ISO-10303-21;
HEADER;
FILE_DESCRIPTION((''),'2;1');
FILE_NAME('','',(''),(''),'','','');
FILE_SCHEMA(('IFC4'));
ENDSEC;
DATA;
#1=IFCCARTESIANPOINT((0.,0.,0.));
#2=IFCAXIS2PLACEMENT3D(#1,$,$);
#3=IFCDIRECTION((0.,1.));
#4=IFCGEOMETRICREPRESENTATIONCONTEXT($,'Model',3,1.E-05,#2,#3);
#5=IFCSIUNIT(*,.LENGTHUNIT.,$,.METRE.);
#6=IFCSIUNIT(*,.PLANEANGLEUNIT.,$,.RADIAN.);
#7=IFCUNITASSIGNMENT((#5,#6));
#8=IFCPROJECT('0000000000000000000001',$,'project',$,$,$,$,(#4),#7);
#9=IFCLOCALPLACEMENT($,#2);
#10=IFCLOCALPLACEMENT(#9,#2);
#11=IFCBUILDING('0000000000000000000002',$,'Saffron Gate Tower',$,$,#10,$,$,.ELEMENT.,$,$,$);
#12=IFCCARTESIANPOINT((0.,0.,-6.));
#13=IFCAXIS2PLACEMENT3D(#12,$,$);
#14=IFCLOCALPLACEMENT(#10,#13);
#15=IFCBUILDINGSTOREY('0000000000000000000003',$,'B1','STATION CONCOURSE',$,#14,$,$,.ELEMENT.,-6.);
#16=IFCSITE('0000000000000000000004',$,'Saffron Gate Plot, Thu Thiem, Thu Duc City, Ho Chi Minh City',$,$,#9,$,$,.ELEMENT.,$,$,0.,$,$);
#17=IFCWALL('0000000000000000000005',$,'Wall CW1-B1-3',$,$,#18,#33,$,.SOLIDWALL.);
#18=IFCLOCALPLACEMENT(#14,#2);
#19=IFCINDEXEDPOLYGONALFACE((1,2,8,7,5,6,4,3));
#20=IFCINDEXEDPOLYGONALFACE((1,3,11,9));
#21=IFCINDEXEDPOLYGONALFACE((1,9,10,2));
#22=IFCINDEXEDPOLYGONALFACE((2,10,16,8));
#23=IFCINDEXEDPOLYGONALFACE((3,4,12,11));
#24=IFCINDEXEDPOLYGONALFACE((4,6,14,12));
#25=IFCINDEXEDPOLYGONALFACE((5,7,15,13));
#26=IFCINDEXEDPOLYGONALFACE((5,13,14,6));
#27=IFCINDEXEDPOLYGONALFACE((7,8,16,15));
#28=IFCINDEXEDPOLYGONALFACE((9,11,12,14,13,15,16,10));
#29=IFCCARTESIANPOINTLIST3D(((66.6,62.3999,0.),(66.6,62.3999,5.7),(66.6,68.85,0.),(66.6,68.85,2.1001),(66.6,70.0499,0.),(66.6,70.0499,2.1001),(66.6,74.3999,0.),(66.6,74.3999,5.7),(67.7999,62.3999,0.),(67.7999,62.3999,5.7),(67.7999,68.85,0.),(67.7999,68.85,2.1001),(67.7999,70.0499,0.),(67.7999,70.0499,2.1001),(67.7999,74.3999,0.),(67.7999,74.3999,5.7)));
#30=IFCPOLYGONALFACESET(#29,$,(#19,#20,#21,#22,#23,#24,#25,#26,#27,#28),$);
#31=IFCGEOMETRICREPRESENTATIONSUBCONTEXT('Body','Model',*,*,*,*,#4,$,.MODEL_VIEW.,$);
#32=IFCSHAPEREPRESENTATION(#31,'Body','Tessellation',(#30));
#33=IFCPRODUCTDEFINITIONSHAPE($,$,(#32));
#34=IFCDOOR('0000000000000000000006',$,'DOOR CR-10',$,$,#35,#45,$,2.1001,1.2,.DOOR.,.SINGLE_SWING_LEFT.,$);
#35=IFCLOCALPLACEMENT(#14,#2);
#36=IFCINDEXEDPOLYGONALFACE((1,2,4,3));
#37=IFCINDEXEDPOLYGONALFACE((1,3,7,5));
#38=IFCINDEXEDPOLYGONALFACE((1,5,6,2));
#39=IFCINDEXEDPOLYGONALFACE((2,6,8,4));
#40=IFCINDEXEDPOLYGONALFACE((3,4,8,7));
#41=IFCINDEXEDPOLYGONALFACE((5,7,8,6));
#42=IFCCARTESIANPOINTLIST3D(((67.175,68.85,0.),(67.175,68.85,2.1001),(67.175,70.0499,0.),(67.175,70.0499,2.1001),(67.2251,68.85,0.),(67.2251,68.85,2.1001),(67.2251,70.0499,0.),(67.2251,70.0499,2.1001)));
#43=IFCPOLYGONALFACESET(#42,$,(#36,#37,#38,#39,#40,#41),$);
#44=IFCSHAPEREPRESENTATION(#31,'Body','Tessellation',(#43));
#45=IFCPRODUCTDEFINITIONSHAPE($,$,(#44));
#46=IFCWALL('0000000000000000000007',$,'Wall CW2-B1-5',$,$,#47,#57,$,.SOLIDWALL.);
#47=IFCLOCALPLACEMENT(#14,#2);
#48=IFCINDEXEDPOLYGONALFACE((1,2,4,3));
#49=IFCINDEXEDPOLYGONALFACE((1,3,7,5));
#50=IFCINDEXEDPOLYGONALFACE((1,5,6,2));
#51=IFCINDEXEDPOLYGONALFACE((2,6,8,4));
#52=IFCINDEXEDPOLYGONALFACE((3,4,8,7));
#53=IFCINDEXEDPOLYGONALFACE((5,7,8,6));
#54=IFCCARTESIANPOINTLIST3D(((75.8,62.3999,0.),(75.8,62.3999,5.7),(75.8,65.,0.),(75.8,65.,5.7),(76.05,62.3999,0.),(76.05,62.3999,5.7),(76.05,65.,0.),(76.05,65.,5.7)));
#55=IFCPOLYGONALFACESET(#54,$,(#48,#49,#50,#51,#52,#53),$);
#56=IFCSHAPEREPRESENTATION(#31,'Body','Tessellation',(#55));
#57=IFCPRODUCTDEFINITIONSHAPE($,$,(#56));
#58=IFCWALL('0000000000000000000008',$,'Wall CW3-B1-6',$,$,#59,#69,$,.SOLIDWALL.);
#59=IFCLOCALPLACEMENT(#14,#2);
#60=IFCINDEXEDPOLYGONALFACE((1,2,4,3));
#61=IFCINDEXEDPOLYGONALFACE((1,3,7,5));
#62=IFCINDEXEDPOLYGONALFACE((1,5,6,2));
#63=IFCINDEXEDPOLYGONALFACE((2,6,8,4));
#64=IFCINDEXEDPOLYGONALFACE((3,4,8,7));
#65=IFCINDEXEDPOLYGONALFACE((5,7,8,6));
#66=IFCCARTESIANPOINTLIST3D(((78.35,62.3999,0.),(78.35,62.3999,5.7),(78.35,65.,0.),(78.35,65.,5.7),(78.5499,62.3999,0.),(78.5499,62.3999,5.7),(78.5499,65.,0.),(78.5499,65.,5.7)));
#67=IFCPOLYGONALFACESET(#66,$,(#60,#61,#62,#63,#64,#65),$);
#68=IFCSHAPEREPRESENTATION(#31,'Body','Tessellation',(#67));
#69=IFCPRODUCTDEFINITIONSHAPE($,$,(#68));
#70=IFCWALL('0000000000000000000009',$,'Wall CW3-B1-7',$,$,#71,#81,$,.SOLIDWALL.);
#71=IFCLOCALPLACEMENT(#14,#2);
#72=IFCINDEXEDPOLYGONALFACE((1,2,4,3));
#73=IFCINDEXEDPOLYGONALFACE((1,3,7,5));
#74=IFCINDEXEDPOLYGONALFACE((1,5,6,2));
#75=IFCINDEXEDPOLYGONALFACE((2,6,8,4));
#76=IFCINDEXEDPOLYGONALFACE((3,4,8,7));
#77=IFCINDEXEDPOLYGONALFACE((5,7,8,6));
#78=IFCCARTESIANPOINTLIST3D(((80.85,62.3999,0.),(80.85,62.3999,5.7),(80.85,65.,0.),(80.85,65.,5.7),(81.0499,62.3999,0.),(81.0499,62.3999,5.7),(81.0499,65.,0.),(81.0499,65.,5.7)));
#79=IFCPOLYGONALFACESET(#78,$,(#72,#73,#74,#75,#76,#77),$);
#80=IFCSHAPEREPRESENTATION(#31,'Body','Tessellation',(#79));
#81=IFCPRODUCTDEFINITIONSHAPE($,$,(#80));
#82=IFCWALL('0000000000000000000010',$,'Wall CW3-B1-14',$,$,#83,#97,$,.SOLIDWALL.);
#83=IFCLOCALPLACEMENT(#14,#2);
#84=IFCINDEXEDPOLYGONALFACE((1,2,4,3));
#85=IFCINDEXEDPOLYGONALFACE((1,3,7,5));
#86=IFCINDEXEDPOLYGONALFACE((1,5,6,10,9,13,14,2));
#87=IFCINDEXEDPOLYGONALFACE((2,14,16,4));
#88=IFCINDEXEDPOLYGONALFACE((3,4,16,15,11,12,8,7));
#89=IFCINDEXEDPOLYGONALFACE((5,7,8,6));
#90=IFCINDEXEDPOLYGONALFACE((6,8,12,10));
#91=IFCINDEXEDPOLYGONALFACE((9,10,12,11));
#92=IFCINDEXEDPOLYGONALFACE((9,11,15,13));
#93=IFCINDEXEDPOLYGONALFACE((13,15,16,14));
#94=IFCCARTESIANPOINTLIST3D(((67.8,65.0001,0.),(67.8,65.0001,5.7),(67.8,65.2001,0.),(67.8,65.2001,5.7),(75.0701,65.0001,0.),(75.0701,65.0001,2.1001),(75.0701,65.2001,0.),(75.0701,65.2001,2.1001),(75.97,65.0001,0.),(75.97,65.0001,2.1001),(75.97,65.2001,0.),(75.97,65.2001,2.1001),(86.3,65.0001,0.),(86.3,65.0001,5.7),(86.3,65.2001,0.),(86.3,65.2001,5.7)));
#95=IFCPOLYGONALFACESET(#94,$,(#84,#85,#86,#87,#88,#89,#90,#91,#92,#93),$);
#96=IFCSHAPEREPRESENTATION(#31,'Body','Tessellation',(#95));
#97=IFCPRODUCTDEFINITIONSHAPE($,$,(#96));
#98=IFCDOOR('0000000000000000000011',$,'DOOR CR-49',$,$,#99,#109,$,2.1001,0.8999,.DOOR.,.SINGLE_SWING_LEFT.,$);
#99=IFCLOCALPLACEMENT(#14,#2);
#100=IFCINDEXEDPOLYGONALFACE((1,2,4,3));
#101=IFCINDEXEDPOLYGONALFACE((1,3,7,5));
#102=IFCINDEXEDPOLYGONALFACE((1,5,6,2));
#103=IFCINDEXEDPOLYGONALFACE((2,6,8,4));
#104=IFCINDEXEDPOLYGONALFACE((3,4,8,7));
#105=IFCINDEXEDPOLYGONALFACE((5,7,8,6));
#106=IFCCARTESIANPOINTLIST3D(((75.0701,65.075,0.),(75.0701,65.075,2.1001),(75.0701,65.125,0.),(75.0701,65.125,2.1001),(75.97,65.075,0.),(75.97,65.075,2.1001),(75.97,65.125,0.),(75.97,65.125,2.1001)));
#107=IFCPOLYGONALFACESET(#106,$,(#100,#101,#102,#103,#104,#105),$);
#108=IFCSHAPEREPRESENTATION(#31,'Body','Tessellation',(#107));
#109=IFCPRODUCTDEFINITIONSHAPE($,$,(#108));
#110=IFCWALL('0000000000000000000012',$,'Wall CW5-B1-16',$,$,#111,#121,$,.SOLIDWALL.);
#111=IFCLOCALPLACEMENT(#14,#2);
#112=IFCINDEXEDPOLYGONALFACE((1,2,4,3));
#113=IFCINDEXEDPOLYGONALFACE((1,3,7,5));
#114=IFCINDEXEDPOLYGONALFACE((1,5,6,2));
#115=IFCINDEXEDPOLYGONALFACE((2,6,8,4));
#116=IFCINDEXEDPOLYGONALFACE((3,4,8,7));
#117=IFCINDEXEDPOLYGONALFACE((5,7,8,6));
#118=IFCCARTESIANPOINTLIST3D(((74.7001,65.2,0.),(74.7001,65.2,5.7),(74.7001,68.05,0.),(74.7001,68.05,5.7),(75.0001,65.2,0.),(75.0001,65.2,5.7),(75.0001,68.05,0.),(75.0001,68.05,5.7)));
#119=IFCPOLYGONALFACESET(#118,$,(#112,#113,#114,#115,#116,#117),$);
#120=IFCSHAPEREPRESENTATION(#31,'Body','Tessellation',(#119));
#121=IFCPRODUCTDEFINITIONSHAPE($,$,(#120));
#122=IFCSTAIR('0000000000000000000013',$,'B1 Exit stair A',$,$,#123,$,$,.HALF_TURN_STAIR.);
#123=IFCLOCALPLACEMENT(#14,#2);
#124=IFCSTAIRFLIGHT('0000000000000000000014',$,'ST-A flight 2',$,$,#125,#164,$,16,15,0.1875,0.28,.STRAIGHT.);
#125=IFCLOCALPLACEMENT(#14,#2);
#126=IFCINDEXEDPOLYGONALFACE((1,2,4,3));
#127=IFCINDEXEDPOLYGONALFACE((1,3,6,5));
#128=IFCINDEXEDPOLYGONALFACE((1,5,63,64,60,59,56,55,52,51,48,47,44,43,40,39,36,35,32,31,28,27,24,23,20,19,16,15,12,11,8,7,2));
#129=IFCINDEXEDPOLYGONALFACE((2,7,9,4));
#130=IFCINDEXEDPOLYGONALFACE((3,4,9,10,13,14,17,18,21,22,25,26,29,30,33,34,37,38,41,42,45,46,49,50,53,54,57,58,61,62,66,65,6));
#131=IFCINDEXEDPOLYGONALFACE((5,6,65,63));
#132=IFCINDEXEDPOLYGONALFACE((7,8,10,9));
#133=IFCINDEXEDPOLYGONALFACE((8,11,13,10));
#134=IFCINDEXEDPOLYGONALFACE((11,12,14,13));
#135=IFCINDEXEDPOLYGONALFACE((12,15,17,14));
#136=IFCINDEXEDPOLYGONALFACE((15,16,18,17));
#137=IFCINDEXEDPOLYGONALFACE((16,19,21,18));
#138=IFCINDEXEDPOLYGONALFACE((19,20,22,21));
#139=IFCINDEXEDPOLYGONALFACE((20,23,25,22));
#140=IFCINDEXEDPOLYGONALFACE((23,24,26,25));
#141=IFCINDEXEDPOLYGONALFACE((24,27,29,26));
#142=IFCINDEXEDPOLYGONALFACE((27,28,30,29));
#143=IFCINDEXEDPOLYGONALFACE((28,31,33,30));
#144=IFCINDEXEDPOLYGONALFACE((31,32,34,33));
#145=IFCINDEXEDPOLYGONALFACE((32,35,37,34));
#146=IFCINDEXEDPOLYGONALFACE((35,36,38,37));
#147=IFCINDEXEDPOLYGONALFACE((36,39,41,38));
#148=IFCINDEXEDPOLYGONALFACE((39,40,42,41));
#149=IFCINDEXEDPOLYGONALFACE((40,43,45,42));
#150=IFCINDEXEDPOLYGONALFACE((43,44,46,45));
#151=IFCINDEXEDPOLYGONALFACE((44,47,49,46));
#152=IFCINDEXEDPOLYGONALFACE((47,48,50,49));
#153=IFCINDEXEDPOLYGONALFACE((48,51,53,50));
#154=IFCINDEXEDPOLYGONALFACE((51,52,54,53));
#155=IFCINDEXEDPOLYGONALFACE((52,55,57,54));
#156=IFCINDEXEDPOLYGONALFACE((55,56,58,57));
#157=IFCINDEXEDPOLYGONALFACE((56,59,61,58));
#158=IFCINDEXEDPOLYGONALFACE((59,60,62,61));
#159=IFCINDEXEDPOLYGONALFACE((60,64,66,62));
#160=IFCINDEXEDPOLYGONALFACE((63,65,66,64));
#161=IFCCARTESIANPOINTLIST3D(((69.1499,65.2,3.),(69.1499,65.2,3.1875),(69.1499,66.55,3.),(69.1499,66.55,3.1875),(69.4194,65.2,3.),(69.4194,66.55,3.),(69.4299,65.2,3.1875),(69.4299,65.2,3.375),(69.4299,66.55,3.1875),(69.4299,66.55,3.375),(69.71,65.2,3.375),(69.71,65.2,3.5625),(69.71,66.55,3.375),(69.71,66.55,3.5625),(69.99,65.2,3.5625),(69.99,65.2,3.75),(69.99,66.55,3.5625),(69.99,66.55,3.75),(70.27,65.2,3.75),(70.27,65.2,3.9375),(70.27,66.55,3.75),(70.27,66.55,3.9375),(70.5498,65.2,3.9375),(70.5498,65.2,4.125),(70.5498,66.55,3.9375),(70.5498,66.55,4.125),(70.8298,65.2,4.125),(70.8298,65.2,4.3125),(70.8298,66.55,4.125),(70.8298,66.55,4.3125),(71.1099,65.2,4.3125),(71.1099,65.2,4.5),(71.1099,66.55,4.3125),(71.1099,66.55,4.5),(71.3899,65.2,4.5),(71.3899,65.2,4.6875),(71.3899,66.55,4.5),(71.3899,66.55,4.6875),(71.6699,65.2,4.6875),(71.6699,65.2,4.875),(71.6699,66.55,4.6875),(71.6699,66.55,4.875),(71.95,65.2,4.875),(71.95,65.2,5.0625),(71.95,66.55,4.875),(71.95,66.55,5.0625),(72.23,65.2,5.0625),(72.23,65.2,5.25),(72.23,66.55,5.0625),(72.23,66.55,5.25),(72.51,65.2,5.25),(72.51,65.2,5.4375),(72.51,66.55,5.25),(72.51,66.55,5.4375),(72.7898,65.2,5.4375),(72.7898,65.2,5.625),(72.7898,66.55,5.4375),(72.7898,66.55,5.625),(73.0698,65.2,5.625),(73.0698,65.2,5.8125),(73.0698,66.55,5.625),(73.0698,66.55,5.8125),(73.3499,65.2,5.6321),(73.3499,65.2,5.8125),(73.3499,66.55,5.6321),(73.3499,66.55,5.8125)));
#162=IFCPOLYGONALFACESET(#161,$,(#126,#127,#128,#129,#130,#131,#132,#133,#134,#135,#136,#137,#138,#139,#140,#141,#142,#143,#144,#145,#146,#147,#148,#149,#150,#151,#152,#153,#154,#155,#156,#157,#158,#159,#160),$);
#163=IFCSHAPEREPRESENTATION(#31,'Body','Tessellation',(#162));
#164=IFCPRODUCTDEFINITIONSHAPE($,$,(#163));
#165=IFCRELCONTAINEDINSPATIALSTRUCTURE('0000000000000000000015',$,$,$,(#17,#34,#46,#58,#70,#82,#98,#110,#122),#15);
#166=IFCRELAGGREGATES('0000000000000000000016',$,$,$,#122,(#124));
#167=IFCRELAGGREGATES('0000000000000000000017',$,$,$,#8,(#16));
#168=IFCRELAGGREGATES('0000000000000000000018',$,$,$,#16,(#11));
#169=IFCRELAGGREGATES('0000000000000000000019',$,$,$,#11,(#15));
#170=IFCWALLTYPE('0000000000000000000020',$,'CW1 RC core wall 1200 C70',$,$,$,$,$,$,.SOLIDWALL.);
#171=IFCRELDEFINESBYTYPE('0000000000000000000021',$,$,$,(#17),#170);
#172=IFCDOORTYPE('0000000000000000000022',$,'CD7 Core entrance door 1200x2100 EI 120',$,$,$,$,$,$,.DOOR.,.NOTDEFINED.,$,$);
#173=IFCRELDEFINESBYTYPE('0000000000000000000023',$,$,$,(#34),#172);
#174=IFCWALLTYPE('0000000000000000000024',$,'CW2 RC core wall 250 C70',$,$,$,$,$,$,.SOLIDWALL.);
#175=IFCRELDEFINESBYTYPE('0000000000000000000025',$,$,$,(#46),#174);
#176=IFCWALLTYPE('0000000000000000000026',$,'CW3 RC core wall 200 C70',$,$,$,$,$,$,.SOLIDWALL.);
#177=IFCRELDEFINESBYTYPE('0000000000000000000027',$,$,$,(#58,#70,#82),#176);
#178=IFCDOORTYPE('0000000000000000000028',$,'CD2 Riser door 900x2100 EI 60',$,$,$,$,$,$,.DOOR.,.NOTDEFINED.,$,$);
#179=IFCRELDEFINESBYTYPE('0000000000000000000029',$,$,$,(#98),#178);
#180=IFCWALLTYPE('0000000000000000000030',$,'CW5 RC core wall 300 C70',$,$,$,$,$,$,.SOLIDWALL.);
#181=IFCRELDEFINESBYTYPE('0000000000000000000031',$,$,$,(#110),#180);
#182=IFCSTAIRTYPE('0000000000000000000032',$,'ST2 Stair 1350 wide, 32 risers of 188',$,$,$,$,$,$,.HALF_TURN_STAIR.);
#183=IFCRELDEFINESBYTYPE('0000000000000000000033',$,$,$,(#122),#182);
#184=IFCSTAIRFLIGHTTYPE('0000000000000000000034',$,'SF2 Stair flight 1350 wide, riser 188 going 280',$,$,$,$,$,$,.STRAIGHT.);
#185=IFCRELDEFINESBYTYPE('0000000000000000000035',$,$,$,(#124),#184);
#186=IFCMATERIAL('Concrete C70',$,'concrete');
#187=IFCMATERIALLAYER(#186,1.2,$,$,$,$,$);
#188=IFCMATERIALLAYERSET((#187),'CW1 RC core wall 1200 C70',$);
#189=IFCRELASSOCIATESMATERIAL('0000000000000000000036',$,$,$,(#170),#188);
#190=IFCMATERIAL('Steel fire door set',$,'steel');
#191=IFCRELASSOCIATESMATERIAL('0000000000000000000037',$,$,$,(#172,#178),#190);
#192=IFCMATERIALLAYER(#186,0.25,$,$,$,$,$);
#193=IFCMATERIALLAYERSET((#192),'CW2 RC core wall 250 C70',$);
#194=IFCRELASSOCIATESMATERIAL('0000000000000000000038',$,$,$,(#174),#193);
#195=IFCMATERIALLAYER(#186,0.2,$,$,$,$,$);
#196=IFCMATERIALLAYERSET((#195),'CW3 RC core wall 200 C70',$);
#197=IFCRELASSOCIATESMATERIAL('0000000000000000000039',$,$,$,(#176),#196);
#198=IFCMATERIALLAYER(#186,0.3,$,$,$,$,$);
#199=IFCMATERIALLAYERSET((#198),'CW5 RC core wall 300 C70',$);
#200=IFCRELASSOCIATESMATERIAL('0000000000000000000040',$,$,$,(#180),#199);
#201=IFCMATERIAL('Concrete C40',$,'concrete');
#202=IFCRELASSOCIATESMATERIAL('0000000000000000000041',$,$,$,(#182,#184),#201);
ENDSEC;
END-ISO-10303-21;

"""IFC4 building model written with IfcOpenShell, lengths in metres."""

from ifc_helpers import new_model, si_unit, direction, frame, frame_2d, origin, place, context, subcontext, project, spatial, polyline, rectangle, outline, extrude, material, layer, layer_set, type_object, element, fill, aggregate, save


model = new_model("IFC4")

# Units and contexts
model_context = context("Model", 3, precision=1e-05, world=origin(), true_north=direction((0.0, 1.0)))
body_context = subcontext(model_context, "Body", "Model", "MODEL_VIEW")
ifc_project = project(units=[si_unit("LENGTHUNIT", "METRE"), si_unit("PLANEANGLEUNIT", "RADIAN")], contexts=[model_context])

# Site, building, storey
site_placement = place(None, origin())
site = spatial("IfcSite", under=ifc_project, at=site_placement, Name="Saffron Gate Plot, Thu Thiem, Thu Duc City, Ho Chi Minh City", CompositionType="ELEMENT", RefElevation=0.0)
building_placement = place(site_placement, origin())
building = spatial("IfcBuilding", under=site, at=building_placement, Name="Saffron Gate Tower", CompositionType="ELEMENT")
storey_placement = place(building_placement, frame((0.0, 0.0, -6.0)))
storey = spatial("IfcBuildingStorey", under=building, at=storey_placement, Name="B1", Description="STATION CONCOURSE", CompositionType="ELEMENT", Elevation=-6.0)

# Shared definitions
ifc_material_1 = material(Name="Concrete C40", Category="concrete")

# Wall, opening, door
ifc_material_2 = material(Name="Concrete C70", Category="concrete")
ifc_layer_1 = layer(ifc_material_2, 1.2)
ifc_layer_set_1 = layer_set([ifc_layer_1], Name="CW1 RC core wall 1200 C70")
wall_type_1 = type_object("IfcWallType", Name="CW1 RC core wall 1200 C70", PredefinedType="SOLIDWALL", material=ifc_layer_set_1)
ifc_material_3 = material(Name="Steel fire door set", Category="steel")
wall_1_placement = place(storey_placement, frame((67.2, 62.3999, 0.0), z_axis=(0.0, 0.0, 1.0), x_axis=(0.0, 1.0, 0.0)))
wall_1 = element("IfcWall", 1, at=wall_1_placement, inside=storey, type_object=wall_type_1, Name="Wall CW1-B1-3", PredefinedType="SOLIDWALL", context=body_context, shape_type="SweptSolid", body=[
    extrude(rectangle(XDim=12.0, YDim=1.2, at=frame_2d((6.0, 0.0))), origin(), (0.0, 0.0, 1.0), 5.7),
])
opening_1_placement = place(wall_1_placement, frame((6.45, 0.0, 0.0)))
opening_1 = element("IfcOpeningElement", 2, at=opening_1_placement, cuts=wall_1, PredefinedType="OPENING", context=body_context, shape_type="SweptSolid", body=[
    extrude(rectangle(XDim=1.2, YDim=2.1001, at=frame_2d((0.6001, 1.05))), frame((0.0, 0.6099, 0.0), z_axis=(0.0, -1.0, 0.0), x_axis=(1.0, 0.0, 0.0)), (0.0, 0.0, 1.0), 1.22),
])
door_type_1 = type_object("IfcDoorType", Name="CD7 Core entrance door 1200x2100 EI 120", OperationType="NOTDEFINED", PredefinedType="DOOR", material=ifc_material_3)
door_1_placement = place(opening_1_placement, origin())
door_1 = element("IfcDoor", 3, at=door_1_placement, inside=storey, type_object=door_type_1, Name="DOOR CR-10", OperationType="SINGLE_SWING_LEFT", OverallHeight=2.1001, OverallWidth=1.2, PredefinedType="DOOR", context=body_context, shape_type="SweptSolid", body=[
    extrude(rectangle(XDim=1.2, YDim=2.1001, at=frame_2d((0.6001, 1.05))), frame((0.0, 0.0249, 0.0), z_axis=(0.0, -1.0, 0.0), x_axis=(1.0, 0.0, 0.0)), (0.0, 0.0, 1.0), 0.05),
])
fill(opening_1, door_1)

# Walls
ifc_layer_2 = layer(ifc_material_2, 0.25)
ifc_layer_set_2 = layer_set([ifc_layer_2], Name="CW2 RC core wall 250 C70")
wall_type_2 = type_object("IfcWallType", Name="CW2 RC core wall 250 C70", PredefinedType="SOLIDWALL", material=ifc_layer_set_2)
wall_2_placement = place(storey_placement, frame((75.925, 62.3999, 0.0), z_axis=(0.0, 0.0, 1.0), x_axis=(0.0, 1.0, 0.0)))
element("IfcWall", 4, at=wall_2_placement, inside=storey, type_object=wall_type_2, Name="Wall CW2-B1-5", PredefinedType="SOLIDWALL", context=body_context, shape_type="SweptSolid", body=[
    extrude(rectangle(XDim=2.6001, YDim=0.25, at=frame_2d((1.3, 0.0))), origin(), (0.0, 0.0, 1.0), 5.7),
])
ifc_layer_3 = layer(ifc_material_2, 0.2)
ifc_layer_set_3 = layer_set([ifc_layer_3], Name="CW3 RC core wall 200 C70")
wall_type_3 = type_object("IfcWallType", Name="CW3 RC core wall 200 C70", PredefinedType="SOLIDWALL", material=ifc_layer_set_3)
for number, where, z_axis, x_axis, name in (
    (5, (78.45, 62.3999, 0.0), (0.0, 0.0, 1.0), (0.0, 1.0, 0.0), "Wall CW3-B1-6"),
    (6, (80.95, 62.3999, 0.0), (0.0, 0.0, 1.0), (0.0, 1.0, 0.0), "Wall CW3-B1-7"),
):
    element("IfcWall", number, at=place(storey_placement, frame(where, z_axis=z_axis, x_axis=x_axis)), inside=storey, type_object=wall_type_3, Name=name, PredefinedType="SOLIDWALL", context=body_context, shape_type="SweptSolid", body=[
        extrude(rectangle(XDim=2.6001, YDim=0.2, at=frame_2d((1.3, 0.0))), origin(), (0.0, 0.0, 1.0), 5.7),
    ])

# Wall, opening, door
wall_3_placement = place(storey_placement, frame((67.8, 65.1001, 0.0), z_axis=(0.0, 0.0, 1.0), x_axis=(1.0, 0.0, 0.0)))
wall_3 = element("IfcWall", 7, at=wall_3_placement, inside=storey, type_object=wall_type_3, Name="Wall CW3-B1-14", PredefinedType="SOLIDWALL", context=body_context, shape_type="SweptSolid", body=[
    extrude(rectangle(XDim=18.5, YDim=0.2, at=frame_2d((9.25, 0.0))), origin(), (0.0, 0.0, 1.0), 5.7),
])
opening_2_placement = place(wall_3_placement, frame((7.27, 0.0, 0.0)))
opening_2 = element("IfcOpeningElement", 8, at=opening_2_placement, cuts=wall_3, PredefinedType="OPENING", context=body_context, shape_type="SweptSolid", body=[
    extrude(rectangle(XDim=0.8999, YDim=2.1001, at=frame_2d((0.45, 1.05))), frame((0.0, 0.1099, 0.0), z_axis=(0.0, -1.0, 0.0), x_axis=(1.0, 0.0, 0.0)), (0.0, 0.0, 1.0), 0.22),
])
door_type_2 = type_object("IfcDoorType", Name="CD2 Riser door 900x2100 EI 60", OperationType="NOTDEFINED", PredefinedType="DOOR", material=ifc_material_3)
door_2_placement = place(opening_2_placement, origin())
door_2 = element("IfcDoor", 9, at=door_2_placement, inside=storey, type_object=door_type_2, Name="DOOR CR-49", OperationType="SINGLE_SWING_LEFT", OverallHeight=2.1001, OverallWidth=0.8999, PredefinedType="DOOR", context=body_context, shape_type="SweptSolid", body=[
    extrude(rectangle(XDim=0.8999, YDim=2.1001, at=frame_2d((0.45, 1.05))), frame((0.0, 0.0249, 0.0), z_axis=(0.0, -1.0, 0.0), x_axis=(1.0, 0.0, 0.0)), (0.0, 0.0, 1.0), 0.05),
])
fill(opening_2, door_2)

# Wall
ifc_layer_4 = layer(ifc_material_2, 0.3)
ifc_layer_set_4 = layer_set([ifc_layer_4], Name="CW5 RC core wall 300 C70")
wall_type_4 = type_object("IfcWallType", Name="CW5 RC core wall 300 C70", PredefinedType="SOLIDWALL", material=ifc_layer_set_4)
wall_4_placement = place(storey_placement, frame((74.8501, 65.2, 0.0), z_axis=(0.0, 0.0, 1.0), x_axis=(0.0, 1.0, 0.0)))
element("IfcWall", 10, at=wall_4_placement, inside=storey, type_object=wall_type_4, Name="Wall CW5-B1-16", PredefinedType="SOLIDWALL", context=body_context, shape_type="SweptSolid", body=[
    extrude(rectangle(XDim=2.8501, YDim=0.3, at=frame_2d((1.425, 0.0))), origin(), (0.0, 0.0, 1.0), 5.7),
])

# Stair, stair flight
stair_type = type_object("IfcStairType", Name="ST2 Stair 1350 wide, 32 risers of 188", PredefinedType="HALF_TURN_STAIR", material=ifc_material_1)
stair_placement = place(storey_placement, origin())
stair = element("IfcStair", 11, at=stair_placement, inside=storey, type_object=stair_type, Name="B1 Exit stair A", PredefinedType="HALF_TURN_STAIR")
stair_flight_type = type_object("IfcStairFlightType", Name="SF2 Stair flight 1350 wide, riser 188 going 280", PredefinedType="STRAIGHT", material=ifc_material_1)
stair_flight_placement = place(storey_placement, frame((69.1499, 65.875, 3.0), z_axis=(0.0, 0.0, 1.0), x_axis=(1.0, 0.0, 0.0)))
stair_flight = element("IfcStairFlight", 12, at=stair_flight_placement, type_object=stair_flight_type, Name="ST-A flight 2", NumberOfRisers=16, NumberOfTreads=15, PredefinedType="STRAIGHT", RiserHeight=0.1875, TreadLength=0.28, context=body_context, shape_type="SweptSolid", body=[
    extrude(outline(polyline([(0.0, 0.0), (0.0, 0.1875), (0.28, 0.1875), (0.28, 0.375), (0.5601, 0.375), (0.5601, 0.5625), (0.8401, 0.5625), (0.8401, 0.75), (1.1201, 0.75), (1.1201, 0.9375), (1.3999, 0.9375), (1.3999, 1.125), (1.6799, 1.125), (1.6799, 1.3125), (1.96, 1.3125), (1.96, 1.5), (2.24, 1.5), (2.24, 1.6875), (2.52, 1.6875), (2.52, 1.875), (2.8, 1.875), (2.8, 2.0625), (3.0801, 2.0625), (3.0801, 2.25), (3.3601, 2.25), (3.3601, 2.4375), (3.6399, 2.4375), (3.6399, 2.625), (3.9199, 2.625), (3.9199, 2.8125), (4.2, 2.8125), (4.2, 3.0), (4.2, 2.6321), (0.2695, 0.0), (0.0, 0.0)])), frame((0.0, 0.675, 0.0), z_axis=(0.0, -1.0, 0.0), x_axis=(1.0, 0.0, 0.0)), (0.0, 0.0, 1.0), 1.3501),
])
aggregate(stair, [stair_flight])

save(model, "model.ifc")
